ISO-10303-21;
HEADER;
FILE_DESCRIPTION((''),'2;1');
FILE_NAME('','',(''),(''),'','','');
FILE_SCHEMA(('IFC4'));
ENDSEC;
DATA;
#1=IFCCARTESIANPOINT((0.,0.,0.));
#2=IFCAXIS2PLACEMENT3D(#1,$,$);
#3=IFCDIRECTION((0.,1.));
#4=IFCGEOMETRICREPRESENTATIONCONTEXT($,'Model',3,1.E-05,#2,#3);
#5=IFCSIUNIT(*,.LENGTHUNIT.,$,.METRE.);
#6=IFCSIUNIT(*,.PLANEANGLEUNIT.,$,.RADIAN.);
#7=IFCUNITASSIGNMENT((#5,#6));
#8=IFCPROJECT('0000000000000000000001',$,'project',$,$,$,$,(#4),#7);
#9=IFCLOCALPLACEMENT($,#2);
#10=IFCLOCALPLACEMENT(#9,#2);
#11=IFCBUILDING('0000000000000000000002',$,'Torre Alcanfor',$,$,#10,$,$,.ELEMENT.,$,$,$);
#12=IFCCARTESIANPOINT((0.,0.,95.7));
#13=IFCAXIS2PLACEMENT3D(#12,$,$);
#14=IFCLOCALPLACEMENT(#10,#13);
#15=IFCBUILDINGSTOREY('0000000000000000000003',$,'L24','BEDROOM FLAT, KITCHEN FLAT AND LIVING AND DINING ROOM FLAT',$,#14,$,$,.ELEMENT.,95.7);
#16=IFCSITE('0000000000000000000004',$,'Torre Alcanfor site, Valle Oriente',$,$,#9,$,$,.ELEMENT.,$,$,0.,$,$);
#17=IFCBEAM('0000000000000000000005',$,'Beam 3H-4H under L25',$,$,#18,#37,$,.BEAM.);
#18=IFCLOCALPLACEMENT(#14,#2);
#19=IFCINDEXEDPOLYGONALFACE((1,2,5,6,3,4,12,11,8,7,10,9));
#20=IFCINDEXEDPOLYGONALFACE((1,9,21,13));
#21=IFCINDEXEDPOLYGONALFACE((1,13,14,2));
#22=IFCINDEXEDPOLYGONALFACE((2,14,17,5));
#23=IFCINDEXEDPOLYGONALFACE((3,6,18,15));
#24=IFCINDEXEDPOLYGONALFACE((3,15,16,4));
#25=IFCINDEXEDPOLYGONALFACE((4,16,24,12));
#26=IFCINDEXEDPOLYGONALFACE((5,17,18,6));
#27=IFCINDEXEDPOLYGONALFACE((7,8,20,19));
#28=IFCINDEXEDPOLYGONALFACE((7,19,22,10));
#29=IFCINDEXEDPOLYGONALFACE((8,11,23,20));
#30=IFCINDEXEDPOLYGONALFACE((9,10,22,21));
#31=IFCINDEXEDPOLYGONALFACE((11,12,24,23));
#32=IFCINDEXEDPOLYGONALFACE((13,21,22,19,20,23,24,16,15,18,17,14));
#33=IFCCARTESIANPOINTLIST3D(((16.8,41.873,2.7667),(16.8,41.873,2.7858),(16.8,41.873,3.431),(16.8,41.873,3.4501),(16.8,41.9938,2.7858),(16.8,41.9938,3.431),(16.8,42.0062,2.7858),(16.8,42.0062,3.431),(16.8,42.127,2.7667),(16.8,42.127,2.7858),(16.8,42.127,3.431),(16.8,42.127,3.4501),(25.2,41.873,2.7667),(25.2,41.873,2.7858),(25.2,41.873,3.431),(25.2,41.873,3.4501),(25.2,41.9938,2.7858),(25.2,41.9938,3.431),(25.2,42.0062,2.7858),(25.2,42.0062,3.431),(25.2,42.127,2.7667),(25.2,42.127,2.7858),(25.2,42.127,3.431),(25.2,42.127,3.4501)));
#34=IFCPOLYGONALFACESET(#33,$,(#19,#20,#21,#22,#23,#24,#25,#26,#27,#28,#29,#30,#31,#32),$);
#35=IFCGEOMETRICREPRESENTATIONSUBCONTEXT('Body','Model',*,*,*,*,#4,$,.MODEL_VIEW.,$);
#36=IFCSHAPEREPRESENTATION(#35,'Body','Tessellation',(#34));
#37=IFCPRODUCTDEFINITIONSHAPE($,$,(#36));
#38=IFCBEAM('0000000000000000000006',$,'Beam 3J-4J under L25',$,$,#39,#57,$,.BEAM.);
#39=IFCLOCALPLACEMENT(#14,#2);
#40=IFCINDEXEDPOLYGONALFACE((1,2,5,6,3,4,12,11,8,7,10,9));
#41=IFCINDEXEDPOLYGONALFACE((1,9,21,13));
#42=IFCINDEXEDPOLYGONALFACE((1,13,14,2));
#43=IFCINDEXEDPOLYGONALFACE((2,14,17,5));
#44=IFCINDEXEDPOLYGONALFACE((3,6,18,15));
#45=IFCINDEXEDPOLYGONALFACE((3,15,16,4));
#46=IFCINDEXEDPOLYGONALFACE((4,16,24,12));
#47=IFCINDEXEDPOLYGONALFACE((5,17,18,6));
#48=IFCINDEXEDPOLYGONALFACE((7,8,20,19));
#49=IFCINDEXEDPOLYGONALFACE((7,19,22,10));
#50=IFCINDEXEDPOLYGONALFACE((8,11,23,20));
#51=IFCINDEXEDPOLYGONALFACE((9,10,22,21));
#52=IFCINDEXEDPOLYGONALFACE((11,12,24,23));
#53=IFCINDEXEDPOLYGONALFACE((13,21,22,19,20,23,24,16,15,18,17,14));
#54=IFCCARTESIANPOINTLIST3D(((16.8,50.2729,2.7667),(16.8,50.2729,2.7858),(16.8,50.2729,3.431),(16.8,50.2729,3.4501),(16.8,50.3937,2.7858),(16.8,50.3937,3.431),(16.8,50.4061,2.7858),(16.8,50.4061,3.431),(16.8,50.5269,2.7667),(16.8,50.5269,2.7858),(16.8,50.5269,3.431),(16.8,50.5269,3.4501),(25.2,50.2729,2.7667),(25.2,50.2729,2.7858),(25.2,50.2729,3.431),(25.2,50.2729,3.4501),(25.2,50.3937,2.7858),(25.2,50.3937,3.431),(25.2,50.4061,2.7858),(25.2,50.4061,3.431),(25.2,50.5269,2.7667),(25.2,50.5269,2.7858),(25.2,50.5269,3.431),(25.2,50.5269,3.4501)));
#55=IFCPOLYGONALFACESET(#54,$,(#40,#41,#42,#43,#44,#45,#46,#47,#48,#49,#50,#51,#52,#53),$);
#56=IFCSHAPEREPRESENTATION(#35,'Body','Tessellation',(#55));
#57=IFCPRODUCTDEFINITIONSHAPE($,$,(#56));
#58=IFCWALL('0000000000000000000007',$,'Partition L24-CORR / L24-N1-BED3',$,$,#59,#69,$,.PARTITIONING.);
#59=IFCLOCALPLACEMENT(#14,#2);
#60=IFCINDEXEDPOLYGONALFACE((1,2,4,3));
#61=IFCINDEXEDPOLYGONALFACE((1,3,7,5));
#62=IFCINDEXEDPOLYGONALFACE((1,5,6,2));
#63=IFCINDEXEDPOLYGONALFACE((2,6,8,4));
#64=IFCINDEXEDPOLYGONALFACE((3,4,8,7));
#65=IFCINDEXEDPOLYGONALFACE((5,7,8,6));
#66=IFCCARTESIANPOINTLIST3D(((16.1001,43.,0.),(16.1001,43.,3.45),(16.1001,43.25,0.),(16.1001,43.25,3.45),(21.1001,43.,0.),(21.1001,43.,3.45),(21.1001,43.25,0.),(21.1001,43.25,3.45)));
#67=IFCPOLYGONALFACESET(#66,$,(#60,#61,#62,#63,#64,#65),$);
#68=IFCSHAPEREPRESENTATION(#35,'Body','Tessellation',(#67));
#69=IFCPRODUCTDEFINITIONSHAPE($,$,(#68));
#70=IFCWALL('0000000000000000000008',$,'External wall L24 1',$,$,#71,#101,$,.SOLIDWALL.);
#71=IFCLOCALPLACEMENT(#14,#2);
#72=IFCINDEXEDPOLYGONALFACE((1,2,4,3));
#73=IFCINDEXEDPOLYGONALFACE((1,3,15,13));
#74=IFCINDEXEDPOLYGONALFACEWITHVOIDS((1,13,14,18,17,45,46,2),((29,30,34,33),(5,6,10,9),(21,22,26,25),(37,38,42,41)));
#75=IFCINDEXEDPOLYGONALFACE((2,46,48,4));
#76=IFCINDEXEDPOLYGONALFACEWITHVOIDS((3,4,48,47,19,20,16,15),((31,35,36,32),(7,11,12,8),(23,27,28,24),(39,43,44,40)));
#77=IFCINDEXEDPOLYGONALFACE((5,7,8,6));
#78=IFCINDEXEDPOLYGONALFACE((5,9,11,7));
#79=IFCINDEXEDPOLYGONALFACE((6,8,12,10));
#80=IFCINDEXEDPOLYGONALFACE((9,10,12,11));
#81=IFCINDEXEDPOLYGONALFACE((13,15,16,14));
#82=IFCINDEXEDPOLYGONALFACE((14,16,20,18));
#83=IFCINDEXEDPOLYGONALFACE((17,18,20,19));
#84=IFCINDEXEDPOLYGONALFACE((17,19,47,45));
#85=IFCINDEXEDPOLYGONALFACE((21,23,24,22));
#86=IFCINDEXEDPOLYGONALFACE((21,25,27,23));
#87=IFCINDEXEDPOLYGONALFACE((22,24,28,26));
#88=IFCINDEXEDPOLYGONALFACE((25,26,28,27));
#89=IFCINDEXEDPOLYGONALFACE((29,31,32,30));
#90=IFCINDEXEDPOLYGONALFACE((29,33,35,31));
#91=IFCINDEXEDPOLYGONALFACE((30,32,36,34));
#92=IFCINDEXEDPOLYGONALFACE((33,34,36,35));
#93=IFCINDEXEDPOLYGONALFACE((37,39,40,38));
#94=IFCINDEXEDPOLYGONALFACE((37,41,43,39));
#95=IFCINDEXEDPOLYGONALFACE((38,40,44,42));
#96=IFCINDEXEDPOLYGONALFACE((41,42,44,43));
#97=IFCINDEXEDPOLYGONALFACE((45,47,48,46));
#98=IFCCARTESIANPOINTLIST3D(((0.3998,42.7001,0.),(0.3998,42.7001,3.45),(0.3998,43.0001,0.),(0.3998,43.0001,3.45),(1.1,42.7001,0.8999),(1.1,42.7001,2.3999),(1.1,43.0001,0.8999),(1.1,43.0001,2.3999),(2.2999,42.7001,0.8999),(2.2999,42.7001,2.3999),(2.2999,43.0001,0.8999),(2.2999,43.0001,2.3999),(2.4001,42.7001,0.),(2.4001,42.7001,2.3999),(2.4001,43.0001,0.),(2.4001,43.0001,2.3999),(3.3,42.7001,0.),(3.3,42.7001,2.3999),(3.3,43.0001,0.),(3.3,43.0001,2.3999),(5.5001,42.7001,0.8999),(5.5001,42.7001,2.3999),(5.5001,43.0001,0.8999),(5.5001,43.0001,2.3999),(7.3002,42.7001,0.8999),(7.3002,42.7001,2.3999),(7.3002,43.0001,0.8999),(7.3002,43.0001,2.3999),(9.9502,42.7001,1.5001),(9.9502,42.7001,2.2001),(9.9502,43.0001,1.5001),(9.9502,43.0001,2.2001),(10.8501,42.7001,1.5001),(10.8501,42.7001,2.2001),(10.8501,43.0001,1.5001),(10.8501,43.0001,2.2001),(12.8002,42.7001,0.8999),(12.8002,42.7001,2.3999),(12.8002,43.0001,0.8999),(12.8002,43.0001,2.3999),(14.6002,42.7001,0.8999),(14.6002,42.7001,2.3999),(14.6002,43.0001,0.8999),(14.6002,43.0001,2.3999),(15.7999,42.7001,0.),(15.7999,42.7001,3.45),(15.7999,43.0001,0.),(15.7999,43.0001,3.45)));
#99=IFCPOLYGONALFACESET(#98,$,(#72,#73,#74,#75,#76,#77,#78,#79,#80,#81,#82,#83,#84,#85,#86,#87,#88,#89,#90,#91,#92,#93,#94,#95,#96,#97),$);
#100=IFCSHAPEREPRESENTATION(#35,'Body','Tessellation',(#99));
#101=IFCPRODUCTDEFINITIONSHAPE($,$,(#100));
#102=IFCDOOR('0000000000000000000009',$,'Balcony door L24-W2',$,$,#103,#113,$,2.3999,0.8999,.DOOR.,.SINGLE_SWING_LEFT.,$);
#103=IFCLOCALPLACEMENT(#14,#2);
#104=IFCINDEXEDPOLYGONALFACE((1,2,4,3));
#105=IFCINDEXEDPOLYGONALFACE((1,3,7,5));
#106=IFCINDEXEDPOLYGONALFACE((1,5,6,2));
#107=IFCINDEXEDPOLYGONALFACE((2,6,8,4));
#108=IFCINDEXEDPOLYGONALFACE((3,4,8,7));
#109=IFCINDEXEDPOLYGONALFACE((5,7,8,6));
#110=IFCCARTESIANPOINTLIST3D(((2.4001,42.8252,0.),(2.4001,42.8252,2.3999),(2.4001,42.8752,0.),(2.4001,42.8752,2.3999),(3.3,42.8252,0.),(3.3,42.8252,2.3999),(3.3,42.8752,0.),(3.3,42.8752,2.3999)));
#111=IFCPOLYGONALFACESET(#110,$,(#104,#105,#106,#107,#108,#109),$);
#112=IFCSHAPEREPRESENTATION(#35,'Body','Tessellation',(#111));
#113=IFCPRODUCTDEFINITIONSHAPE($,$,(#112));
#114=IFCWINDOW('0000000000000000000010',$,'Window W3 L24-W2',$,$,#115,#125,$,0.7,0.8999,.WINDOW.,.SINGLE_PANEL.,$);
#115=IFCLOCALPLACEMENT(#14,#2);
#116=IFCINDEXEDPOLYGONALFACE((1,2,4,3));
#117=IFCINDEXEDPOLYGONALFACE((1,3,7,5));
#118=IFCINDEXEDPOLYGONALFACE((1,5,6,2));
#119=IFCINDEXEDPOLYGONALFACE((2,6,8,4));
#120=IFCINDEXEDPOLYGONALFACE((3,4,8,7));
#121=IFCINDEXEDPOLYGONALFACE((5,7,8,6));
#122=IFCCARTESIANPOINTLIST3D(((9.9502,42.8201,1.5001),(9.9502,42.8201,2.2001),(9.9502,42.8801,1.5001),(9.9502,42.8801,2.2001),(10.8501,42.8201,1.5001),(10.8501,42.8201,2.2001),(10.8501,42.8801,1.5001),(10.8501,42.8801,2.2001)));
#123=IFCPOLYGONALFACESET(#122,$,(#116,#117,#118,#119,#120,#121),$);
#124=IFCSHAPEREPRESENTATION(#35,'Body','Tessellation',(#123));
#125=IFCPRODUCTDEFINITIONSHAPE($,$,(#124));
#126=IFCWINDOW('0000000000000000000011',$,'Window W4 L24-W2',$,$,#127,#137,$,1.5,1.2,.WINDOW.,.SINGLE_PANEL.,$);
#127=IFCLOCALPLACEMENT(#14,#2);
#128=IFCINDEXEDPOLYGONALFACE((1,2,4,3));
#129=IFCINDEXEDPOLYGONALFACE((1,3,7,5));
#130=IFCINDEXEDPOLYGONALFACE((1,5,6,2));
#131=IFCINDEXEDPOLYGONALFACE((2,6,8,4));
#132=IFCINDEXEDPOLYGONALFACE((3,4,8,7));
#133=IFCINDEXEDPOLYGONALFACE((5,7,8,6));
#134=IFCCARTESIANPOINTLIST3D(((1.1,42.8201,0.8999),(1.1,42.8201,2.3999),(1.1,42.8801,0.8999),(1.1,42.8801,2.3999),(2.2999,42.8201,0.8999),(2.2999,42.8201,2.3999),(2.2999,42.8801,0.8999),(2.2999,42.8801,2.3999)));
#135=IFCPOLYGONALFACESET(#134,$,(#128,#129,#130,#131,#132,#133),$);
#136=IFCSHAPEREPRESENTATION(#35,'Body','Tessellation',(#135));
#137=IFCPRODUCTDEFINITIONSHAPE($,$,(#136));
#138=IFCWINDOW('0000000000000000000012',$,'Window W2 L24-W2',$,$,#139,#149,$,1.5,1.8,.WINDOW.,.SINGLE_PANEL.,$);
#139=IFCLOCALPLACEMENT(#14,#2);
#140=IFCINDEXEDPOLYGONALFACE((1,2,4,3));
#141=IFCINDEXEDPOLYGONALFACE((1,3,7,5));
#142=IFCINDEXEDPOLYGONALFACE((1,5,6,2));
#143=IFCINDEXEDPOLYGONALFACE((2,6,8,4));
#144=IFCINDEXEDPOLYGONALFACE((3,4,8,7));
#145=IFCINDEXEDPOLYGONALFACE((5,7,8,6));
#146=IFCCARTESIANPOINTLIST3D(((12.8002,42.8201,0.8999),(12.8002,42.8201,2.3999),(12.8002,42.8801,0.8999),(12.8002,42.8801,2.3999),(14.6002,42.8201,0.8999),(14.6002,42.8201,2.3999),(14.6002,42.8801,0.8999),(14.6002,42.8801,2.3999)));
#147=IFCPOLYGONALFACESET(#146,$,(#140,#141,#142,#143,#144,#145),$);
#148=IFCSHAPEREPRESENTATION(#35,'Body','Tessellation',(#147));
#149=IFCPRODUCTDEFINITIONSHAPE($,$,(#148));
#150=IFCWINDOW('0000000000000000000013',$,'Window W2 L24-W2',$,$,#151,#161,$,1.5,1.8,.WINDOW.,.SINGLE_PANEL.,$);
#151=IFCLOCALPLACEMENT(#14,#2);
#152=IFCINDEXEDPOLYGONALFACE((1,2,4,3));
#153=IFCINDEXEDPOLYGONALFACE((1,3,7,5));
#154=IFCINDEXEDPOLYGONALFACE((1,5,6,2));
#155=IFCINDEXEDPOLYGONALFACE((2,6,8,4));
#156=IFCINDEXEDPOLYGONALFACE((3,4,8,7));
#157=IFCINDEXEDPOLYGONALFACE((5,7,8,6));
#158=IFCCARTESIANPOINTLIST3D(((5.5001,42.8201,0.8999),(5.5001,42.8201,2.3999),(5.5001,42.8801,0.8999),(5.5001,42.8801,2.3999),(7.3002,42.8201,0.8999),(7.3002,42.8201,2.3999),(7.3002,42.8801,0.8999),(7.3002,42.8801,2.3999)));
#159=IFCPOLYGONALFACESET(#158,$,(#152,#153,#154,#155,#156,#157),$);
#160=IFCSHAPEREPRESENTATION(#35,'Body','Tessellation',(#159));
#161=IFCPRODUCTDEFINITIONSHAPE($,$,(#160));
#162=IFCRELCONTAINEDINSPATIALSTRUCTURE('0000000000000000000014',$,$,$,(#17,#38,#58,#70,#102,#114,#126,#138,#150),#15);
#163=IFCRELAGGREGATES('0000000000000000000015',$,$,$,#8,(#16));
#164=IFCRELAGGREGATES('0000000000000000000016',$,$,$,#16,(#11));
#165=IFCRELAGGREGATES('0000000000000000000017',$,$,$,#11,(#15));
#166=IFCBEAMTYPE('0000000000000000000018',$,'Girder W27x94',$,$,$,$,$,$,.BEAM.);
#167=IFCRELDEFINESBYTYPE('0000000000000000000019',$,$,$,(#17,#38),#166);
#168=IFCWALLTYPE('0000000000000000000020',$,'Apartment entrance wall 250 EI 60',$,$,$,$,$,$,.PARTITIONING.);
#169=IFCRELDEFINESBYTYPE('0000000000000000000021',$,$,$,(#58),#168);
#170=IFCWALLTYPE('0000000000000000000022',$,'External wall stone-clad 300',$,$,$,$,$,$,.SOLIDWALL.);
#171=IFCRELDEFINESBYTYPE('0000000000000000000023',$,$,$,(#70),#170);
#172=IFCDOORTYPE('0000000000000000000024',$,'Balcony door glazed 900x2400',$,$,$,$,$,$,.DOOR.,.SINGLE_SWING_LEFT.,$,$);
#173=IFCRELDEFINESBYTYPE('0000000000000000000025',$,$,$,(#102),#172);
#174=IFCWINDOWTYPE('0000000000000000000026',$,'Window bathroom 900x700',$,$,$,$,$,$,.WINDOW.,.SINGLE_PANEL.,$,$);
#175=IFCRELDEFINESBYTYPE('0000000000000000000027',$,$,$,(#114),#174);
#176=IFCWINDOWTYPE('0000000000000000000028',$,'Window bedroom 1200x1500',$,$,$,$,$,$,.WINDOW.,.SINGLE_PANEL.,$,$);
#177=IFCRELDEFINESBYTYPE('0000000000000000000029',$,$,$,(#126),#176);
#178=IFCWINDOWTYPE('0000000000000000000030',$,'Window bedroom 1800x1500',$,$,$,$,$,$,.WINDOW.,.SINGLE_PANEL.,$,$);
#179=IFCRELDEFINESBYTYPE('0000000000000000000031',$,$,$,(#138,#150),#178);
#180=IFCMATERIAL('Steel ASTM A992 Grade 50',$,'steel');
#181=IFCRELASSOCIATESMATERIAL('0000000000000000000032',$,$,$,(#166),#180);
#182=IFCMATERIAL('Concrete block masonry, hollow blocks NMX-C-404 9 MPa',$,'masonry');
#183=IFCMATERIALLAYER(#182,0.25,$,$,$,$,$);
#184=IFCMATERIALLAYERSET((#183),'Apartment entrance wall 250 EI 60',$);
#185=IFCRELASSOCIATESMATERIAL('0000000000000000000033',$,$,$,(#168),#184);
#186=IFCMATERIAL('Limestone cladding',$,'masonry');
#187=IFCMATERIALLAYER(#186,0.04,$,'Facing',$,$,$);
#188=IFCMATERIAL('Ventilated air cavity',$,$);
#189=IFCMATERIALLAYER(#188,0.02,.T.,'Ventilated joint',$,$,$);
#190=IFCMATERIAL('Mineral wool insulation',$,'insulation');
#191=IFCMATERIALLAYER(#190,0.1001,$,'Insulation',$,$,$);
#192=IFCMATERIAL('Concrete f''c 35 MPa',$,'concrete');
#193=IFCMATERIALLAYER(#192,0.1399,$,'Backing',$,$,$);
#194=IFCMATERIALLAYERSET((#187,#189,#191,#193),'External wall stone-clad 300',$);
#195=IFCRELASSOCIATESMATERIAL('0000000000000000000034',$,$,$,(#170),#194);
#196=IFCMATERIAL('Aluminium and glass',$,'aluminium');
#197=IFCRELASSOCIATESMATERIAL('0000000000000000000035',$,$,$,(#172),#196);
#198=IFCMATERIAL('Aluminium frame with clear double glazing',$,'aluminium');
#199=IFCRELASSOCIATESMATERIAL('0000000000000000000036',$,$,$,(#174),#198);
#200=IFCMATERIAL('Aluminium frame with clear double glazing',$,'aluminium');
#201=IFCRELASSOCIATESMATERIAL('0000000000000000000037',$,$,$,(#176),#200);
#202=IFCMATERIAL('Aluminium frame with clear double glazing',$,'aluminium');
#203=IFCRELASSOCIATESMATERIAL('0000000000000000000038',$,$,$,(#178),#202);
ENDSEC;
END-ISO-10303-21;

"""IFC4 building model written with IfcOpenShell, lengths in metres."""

from ifc_helpers import new_model, si_unit, direction, frame, frame_2d, origin, origin_2d, place, context, subcontext, project, spatial, rectangle, i_section, extrude, material, layer, layer_set, material_profile, profile_set, type_object, element, fill, save


model = new_model("IFC4")

# Units and contexts
model_context = context("Model", 3, precision=1e-05, world=origin(), true_north=direction((0.0, 1.0)))
body_context = subcontext(model_context, "Body", "Model", "MODEL_VIEW")
ifc_project = project(units=[si_unit("LENGTHUNIT", "METRE"), si_unit("PLANEANGLEUNIT", "RADIAN")], contexts=[model_context])

# Site, building, storey
site_placement = place(None, origin())
site = spatial("IfcSite", under=ifc_project, at=site_placement, Name="Torre Alcanfor site, Valle Oriente", CompositionType="ELEMENT", RefElevation=0.0)
building_placement = place(site_placement, origin())
building = spatial("IfcBuilding", under=site, at=building_placement, Name="Torre Alcanfor", CompositionType="ELEMENT")
storey_placement = place(building_placement, frame((0.0, 0.0, 95.7)))
storey = spatial("IfcBuildingStorey", under=building, at=storey_placement, Name="L24", Description="BEDROOM FLAT, KITCHEN FLAT AND LIVING AND DINING ROOM FLAT", CompositionType="ELEMENT", Elevation=95.7)

# Beams
ifc_material_1 = material(Name="Steel ASTM A992 Grade 50", Category="steel")
ifc_material_profile_1 = material_profile(ifc_material_1, i_section(OverallWidth=0.2539, OverallDepth=0.6833, WebThickness=0.0125, FlangeThickness=0.019, at=origin_2d()), Name="W27x94")
ifc_profile_set_1 = profile_set([ifc_material_profile_1], Name="Steel ASTM A992 Grade 50")
beam_type_1 = type_object("IfcBeamType", Name="Girder W27x94", PredefinedType="BEAM", material=ifc_profile_set_1)
for number, where, z_axis, x_axis, name in (
    (1, (16.8, 42.0, 3.1084), (1.0, 0.0, 0.0), (0.0, 1.0, 0.0), "Beam 3H-4H under L25"),
    (2, (16.8, 50.3999, 3.1084), (1.0, 0.0, 0.0), (0.0, 1.0, 0.0), "Beam 3J-4J under L25"),
):
    element("IfcBeam", number, at=place(storey_placement, frame(where, z_axis=z_axis, x_axis=x_axis)), inside=storey, type_object=beam_type_1, Name=name, PredefinedType="BEAM", context=body_context, shape_type="SweptSolid", body=[
        extrude(i_section(OverallWidth=0.2539, OverallDepth=0.6833, WebThickness=0.0125, FlangeThickness=0.019, at=origin_2d()), origin(), (0.0, 0.0, 1.0), 8.3999),
    ])

# Wall
ifc_material_2 = material(Name="Concrete block masonry, hollow blocks NMX-C-404 9 MPa", Category="masonry")
ifc_layer_1 = layer(ifc_material_2, 0.25)
ifc_layer_set_1 = layer_set([ifc_layer_1], Name="Apartment entrance wall 250 EI 60")
wall_type_1 = type_object("IfcWallType", Name="Apartment entrance wall 250 EI 60", PredefinedType="PARTITIONING", material=ifc_layer_set_1)
wall_1_placement = place(storey_placement, frame((16.1001, 43.125, 0.0), z_axis=(0.0, 0.0, 1.0), x_axis=(1.0, 0.0, 0.0)))
element("IfcWall", 3, at=wall_1_placement, inside=storey, type_object=wall_type_1, Name="Partition L24-CORR / L24-N1-BED3", PredefinedType="PARTITIONING", context=body_context, shape_type="SweptSolid", body=[
    extrude(rectangle(XDim=5.0, YDim=0.25, at=frame_2d((2.5, 0.0))), origin(), (0.0, 0.0, 1.0), 3.45),
])

# Wall, openings, door, windows
ifc_material_3 = material(Name="Limestone cladding", Category="masonry")
ifc_layer_2 = layer(ifc_material_3, 0.04, Name="Facing")
ifc_material_4 = material(Name="Ventilated air cavity")
ifc_layer_3 = layer(ifc_material_4, 0.02, ventilated=True, Name="Ventilated joint")
ifc_material_5 = material(Name="Mineral wool insulation", Category="insulation")
ifc_layer_4 = layer(ifc_material_5, 0.1001, Name="Insulation")
ifc_material_6 = material(Name="Concrete f'c 35 MPa", Category="concrete")
ifc_layer_5 = layer(ifc_material_6, 0.1399, Name="Backing")
ifc_layer_set_2 = layer_set([ifc_layer_2, ifc_layer_3, ifc_layer_4, ifc_layer_5], Name="External wall stone-clad 300")
wall_type_2 = type_object("IfcWallType", Name="External wall stone-clad 300", PredefinedType="SOLIDWALL", material=ifc_layer_set_2)
wall_2_placement = place(storey_placement, frame((15.8, 42.8501, 0.0), z_axis=(0.0, 0.0, 1.0), x_axis=(-1.0, 0.0, 0.0)))
wall_2 = element("IfcWall", 4, at=wall_2_placement, inside=storey, type_object=wall_type_2, Name="External wall L24 1", PredefinedType="SOLIDWALL", context=body_context, shape_type="SweptSolid", body=[
    extrude(rectangle(XDim=15.4001, YDim=0.3, at=frame_2d((7.7002, 0.0))), origin(), (0.0, 0.0, 1.0), 3.45),
])
opening_1_placement = place(wall_2_placement, frame((1.2, 0.0, 0.8999)))
opening_1 = element("IfcOpeningElement", 5, at=opening_1_placement, cuts=wall_2, PredefinedType="OPENING", context=body_context, shape_type="SweptSolid", body=[
    extrude(rectangle(XDim=1.8, YDim=1.5, at=frame_2d((0.8999, 0.75))), frame((0.0, 0.1599, 0.0), z_axis=(0.0, -1.0, 0.0), x_axis=(1.0, 0.0, 0.0)), (0.0, 0.0, 1.0), 0.3201),
])
opening_2_placement = place(wall_2_placement, frame((4.95, 0.0, 1.5)))
opening_2 = element("IfcOpeningElement", 6, at=opening_2_placement, cuts=wall_2, PredefinedType="OPENING", context=body_context, shape_type="SweptSolid", body=[
    extrude(rectangle(XDim=0.8999, YDim=0.7, at=frame_2d((0.45, 0.3501))), frame((0.0, 0.1599, 0.0), z_axis=(0.0, -1.0, 0.0), x_axis=(1.0, 0.0, 0.0)), (0.0, 0.0, 1.0), 0.3201),
])
opening_3_placement = place(wall_2_placement, frame((8.5, 0.0, 0.8999)))
opening_3 = element("IfcOpeningElement", 7, at=opening_3_placement, cuts=wall_2, PredefinedType="OPENING", context=body_context, shape_type="SweptSolid", body=[
    extrude(rectangle(XDim=1.8, YDim=1.5, at=frame_2d((0.8999, 0.75))), frame((0.0, 0.1599, 0.0), z_axis=(0.0, -1.0, 0.0), x_axis=(1.0, 0.0, 0.0)), (0.0, 0.0, 1.0), 0.3201),
])
opening_4_placement = place(wall_2_placement, frame((12.5, 0.0, 0.0)))
opening_4 = element("IfcOpeningElement", 8, at=opening_4_placement, cuts=wall_2, PredefinedType="OPENING", context=body_context, shape_type="SweptSolid", body=[
    extrude(rectangle(XDim=0.8999, YDim=2.3999, at=frame_2d((0.45, 1.2))), frame((0.0, 0.1599, 0.0), z_axis=(0.0, -1.0, 0.0), x_axis=(1.0, 0.0, 0.0)), (0.0, 0.0, 1.0), 0.3201),
])
opening_5_placement = place(wall_2_placement, frame((13.5, 0.0, 0.8999)))
opening_5 = element("IfcOpeningElement", 9, at=opening_5_placement, cuts=wall_2, PredefinedType="OPENING", context=body_context, shape_type="SweptSolid", body=[
    extrude(rectangle(XDim=1.2, YDim=1.5, at=frame_2d((0.6001, 0.75))), frame((0.0, 0.1599, 0.0), z_axis=(0.0, -1.0, 0.0), x_axis=(1.0, 0.0, 0.0)), (0.0, 0.0, 1.0), 0.3201),
])
ifc_material_7 = material(Name="Aluminium and glass", Category="aluminium")
door_type = type_object("IfcDoorType", Name="Balcony door glazed 900x2400", OperationType="SINGLE_SWING_LEFT", PredefinedType="DOOR", material=ifc_material_7)
door_1_placement = place(opening_4_placement, origin())
door_1 = element("IfcDoor", 10, at=door_1_placement, inside=storey, type_object=door_type, Name="Balcony door L24-W2", OperationType="SINGLE_SWING_LEFT", OverallHeight=2.3999, OverallWidth=0.8999, PredefinedType="DOOR", context=body_context, shape_type="SweptSolid", body=[
    extrude(rectangle(XDim=0.8999, YDim=2.3999, at=frame_2d((0.45, 1.2))), frame((0.0, 0.0249, 0.0), z_axis=(0.0, -1.0, 0.0), x_axis=(1.0, 0.0, 0.0)), (0.0, 0.0, 1.0), 0.05),
])
fill(opening_4, door_1)
ifc_material_8 = material(Name="Aluminium frame with clear double glazing", Category="aluminium")
window_type_1 = type_object("IfcWindowType", Name="Window bathroom 900x700", PartitioningType="SINGLE_PANEL", PredefinedType="WINDOW", material=ifc_material_8)
window_1_placement = place(opening_2_placement, origin())
window_1 = element("IfcWindow", 11, at=window_1_placement, inside=storey, type_object=window_type_1, Name="Window W3 L24-W2", OverallHeight=0.7, OverallWidth=0.8999, PartitioningType="SINGLE_PANEL", PredefinedType="WINDOW", context=body_context, shape_type="SweptSolid", body=[
    extrude(rectangle(XDim=0.8999, YDim=0.7, at=frame_2d((0.45, 0.3501))), frame((0.0, 0.03, 0.0), z_axis=(0.0, -1.0, 0.0), x_axis=(1.0, 0.0, 0.0)), (0.0, 0.0, 1.0), 0.0601),
])
fill(opening_2, window_1)
ifc_material_9 = material(Name="Aluminium frame with clear double glazing", Category="aluminium")
window_type_2 = type_object("IfcWindowType", Name="Window bedroom 1200x1500", PartitioningType="SINGLE_PANEL", PredefinedType="WINDOW", material=ifc_material_9)
window_2_placement = place(opening_5_placement, origin())
window_2 = element("IfcWindow", 12, at=window_2_placement, inside=storey, type_object=window_type_2, Name="Window W4 L24-W2", OverallHeight=1.5, OverallWidth=1.2, PartitioningType="SINGLE_PANEL", PredefinedType="WINDOW", context=body_context, shape_type="SweptSolid", body=[
    extrude(rectangle(XDim=1.2, YDim=1.5, at=frame_2d((0.6001, 0.75))), frame((0.0, 0.03, 0.0), z_axis=(0.0, -1.0, 0.0), x_axis=(1.0, 0.0, 0.0)), (0.0, 0.0, 1.0), 0.0601),
])
fill(opening_5, window_2)
ifc_material_10 = material(Name="Aluminium frame with clear double glazing", Category="aluminium")
window_type_3 = type_object("IfcWindowType", Name="Window bedroom 1800x1500", PartitioningType="SINGLE_PANEL", PredefinedType="WINDOW", material=ifc_material_10)
window_3_placement = place(opening_1_placement, origin())
window_3 = element("IfcWindow", 13, at=window_3_placement, inside=storey, type_object=window_type_3, Name="Window W2 L24-W2", OverallHeight=1.5, OverallWidth=1.8, PartitioningType="SINGLE_PANEL", PredefinedType="WINDOW", context=body_context, shape_type="SweptSolid", body=[
    extrude(rectangle(XDim=1.8, YDim=1.5, at=frame_2d((0.8999, 0.75))), frame((0.0, 0.03, 0.0), z_axis=(0.0, -1.0, 0.0), x_axis=(1.0, 0.0, 0.0)), (0.0, 0.0, 1.0), 0.0601),
])
fill(opening_1, window_3)
window_4_placement = place(opening_3_placement, origin())
window_4 = element("IfcWindow", 14, at=window_4_placement, inside=storey, type_object=window_type_3, Name="Window W2 L24-W2", OverallHeight=1.5, OverallWidth=1.8, PartitioningType="SINGLE_PANEL", PredefinedType="WINDOW", context=body_context, shape_type="SweptSolid", body=[
    extrude(rectangle(XDim=1.8, YDim=1.5, at=frame_2d((0.8999, 0.75))), frame((0.0, 0.03, 0.0), z_axis=(0.0, -1.0, 0.0), x_axis=(1.0, 0.0, 0.0)), (0.0, 0.0, 1.0), 0.0601),
])
fill(opening_3, window_4)

save(model, "model.ifc")
